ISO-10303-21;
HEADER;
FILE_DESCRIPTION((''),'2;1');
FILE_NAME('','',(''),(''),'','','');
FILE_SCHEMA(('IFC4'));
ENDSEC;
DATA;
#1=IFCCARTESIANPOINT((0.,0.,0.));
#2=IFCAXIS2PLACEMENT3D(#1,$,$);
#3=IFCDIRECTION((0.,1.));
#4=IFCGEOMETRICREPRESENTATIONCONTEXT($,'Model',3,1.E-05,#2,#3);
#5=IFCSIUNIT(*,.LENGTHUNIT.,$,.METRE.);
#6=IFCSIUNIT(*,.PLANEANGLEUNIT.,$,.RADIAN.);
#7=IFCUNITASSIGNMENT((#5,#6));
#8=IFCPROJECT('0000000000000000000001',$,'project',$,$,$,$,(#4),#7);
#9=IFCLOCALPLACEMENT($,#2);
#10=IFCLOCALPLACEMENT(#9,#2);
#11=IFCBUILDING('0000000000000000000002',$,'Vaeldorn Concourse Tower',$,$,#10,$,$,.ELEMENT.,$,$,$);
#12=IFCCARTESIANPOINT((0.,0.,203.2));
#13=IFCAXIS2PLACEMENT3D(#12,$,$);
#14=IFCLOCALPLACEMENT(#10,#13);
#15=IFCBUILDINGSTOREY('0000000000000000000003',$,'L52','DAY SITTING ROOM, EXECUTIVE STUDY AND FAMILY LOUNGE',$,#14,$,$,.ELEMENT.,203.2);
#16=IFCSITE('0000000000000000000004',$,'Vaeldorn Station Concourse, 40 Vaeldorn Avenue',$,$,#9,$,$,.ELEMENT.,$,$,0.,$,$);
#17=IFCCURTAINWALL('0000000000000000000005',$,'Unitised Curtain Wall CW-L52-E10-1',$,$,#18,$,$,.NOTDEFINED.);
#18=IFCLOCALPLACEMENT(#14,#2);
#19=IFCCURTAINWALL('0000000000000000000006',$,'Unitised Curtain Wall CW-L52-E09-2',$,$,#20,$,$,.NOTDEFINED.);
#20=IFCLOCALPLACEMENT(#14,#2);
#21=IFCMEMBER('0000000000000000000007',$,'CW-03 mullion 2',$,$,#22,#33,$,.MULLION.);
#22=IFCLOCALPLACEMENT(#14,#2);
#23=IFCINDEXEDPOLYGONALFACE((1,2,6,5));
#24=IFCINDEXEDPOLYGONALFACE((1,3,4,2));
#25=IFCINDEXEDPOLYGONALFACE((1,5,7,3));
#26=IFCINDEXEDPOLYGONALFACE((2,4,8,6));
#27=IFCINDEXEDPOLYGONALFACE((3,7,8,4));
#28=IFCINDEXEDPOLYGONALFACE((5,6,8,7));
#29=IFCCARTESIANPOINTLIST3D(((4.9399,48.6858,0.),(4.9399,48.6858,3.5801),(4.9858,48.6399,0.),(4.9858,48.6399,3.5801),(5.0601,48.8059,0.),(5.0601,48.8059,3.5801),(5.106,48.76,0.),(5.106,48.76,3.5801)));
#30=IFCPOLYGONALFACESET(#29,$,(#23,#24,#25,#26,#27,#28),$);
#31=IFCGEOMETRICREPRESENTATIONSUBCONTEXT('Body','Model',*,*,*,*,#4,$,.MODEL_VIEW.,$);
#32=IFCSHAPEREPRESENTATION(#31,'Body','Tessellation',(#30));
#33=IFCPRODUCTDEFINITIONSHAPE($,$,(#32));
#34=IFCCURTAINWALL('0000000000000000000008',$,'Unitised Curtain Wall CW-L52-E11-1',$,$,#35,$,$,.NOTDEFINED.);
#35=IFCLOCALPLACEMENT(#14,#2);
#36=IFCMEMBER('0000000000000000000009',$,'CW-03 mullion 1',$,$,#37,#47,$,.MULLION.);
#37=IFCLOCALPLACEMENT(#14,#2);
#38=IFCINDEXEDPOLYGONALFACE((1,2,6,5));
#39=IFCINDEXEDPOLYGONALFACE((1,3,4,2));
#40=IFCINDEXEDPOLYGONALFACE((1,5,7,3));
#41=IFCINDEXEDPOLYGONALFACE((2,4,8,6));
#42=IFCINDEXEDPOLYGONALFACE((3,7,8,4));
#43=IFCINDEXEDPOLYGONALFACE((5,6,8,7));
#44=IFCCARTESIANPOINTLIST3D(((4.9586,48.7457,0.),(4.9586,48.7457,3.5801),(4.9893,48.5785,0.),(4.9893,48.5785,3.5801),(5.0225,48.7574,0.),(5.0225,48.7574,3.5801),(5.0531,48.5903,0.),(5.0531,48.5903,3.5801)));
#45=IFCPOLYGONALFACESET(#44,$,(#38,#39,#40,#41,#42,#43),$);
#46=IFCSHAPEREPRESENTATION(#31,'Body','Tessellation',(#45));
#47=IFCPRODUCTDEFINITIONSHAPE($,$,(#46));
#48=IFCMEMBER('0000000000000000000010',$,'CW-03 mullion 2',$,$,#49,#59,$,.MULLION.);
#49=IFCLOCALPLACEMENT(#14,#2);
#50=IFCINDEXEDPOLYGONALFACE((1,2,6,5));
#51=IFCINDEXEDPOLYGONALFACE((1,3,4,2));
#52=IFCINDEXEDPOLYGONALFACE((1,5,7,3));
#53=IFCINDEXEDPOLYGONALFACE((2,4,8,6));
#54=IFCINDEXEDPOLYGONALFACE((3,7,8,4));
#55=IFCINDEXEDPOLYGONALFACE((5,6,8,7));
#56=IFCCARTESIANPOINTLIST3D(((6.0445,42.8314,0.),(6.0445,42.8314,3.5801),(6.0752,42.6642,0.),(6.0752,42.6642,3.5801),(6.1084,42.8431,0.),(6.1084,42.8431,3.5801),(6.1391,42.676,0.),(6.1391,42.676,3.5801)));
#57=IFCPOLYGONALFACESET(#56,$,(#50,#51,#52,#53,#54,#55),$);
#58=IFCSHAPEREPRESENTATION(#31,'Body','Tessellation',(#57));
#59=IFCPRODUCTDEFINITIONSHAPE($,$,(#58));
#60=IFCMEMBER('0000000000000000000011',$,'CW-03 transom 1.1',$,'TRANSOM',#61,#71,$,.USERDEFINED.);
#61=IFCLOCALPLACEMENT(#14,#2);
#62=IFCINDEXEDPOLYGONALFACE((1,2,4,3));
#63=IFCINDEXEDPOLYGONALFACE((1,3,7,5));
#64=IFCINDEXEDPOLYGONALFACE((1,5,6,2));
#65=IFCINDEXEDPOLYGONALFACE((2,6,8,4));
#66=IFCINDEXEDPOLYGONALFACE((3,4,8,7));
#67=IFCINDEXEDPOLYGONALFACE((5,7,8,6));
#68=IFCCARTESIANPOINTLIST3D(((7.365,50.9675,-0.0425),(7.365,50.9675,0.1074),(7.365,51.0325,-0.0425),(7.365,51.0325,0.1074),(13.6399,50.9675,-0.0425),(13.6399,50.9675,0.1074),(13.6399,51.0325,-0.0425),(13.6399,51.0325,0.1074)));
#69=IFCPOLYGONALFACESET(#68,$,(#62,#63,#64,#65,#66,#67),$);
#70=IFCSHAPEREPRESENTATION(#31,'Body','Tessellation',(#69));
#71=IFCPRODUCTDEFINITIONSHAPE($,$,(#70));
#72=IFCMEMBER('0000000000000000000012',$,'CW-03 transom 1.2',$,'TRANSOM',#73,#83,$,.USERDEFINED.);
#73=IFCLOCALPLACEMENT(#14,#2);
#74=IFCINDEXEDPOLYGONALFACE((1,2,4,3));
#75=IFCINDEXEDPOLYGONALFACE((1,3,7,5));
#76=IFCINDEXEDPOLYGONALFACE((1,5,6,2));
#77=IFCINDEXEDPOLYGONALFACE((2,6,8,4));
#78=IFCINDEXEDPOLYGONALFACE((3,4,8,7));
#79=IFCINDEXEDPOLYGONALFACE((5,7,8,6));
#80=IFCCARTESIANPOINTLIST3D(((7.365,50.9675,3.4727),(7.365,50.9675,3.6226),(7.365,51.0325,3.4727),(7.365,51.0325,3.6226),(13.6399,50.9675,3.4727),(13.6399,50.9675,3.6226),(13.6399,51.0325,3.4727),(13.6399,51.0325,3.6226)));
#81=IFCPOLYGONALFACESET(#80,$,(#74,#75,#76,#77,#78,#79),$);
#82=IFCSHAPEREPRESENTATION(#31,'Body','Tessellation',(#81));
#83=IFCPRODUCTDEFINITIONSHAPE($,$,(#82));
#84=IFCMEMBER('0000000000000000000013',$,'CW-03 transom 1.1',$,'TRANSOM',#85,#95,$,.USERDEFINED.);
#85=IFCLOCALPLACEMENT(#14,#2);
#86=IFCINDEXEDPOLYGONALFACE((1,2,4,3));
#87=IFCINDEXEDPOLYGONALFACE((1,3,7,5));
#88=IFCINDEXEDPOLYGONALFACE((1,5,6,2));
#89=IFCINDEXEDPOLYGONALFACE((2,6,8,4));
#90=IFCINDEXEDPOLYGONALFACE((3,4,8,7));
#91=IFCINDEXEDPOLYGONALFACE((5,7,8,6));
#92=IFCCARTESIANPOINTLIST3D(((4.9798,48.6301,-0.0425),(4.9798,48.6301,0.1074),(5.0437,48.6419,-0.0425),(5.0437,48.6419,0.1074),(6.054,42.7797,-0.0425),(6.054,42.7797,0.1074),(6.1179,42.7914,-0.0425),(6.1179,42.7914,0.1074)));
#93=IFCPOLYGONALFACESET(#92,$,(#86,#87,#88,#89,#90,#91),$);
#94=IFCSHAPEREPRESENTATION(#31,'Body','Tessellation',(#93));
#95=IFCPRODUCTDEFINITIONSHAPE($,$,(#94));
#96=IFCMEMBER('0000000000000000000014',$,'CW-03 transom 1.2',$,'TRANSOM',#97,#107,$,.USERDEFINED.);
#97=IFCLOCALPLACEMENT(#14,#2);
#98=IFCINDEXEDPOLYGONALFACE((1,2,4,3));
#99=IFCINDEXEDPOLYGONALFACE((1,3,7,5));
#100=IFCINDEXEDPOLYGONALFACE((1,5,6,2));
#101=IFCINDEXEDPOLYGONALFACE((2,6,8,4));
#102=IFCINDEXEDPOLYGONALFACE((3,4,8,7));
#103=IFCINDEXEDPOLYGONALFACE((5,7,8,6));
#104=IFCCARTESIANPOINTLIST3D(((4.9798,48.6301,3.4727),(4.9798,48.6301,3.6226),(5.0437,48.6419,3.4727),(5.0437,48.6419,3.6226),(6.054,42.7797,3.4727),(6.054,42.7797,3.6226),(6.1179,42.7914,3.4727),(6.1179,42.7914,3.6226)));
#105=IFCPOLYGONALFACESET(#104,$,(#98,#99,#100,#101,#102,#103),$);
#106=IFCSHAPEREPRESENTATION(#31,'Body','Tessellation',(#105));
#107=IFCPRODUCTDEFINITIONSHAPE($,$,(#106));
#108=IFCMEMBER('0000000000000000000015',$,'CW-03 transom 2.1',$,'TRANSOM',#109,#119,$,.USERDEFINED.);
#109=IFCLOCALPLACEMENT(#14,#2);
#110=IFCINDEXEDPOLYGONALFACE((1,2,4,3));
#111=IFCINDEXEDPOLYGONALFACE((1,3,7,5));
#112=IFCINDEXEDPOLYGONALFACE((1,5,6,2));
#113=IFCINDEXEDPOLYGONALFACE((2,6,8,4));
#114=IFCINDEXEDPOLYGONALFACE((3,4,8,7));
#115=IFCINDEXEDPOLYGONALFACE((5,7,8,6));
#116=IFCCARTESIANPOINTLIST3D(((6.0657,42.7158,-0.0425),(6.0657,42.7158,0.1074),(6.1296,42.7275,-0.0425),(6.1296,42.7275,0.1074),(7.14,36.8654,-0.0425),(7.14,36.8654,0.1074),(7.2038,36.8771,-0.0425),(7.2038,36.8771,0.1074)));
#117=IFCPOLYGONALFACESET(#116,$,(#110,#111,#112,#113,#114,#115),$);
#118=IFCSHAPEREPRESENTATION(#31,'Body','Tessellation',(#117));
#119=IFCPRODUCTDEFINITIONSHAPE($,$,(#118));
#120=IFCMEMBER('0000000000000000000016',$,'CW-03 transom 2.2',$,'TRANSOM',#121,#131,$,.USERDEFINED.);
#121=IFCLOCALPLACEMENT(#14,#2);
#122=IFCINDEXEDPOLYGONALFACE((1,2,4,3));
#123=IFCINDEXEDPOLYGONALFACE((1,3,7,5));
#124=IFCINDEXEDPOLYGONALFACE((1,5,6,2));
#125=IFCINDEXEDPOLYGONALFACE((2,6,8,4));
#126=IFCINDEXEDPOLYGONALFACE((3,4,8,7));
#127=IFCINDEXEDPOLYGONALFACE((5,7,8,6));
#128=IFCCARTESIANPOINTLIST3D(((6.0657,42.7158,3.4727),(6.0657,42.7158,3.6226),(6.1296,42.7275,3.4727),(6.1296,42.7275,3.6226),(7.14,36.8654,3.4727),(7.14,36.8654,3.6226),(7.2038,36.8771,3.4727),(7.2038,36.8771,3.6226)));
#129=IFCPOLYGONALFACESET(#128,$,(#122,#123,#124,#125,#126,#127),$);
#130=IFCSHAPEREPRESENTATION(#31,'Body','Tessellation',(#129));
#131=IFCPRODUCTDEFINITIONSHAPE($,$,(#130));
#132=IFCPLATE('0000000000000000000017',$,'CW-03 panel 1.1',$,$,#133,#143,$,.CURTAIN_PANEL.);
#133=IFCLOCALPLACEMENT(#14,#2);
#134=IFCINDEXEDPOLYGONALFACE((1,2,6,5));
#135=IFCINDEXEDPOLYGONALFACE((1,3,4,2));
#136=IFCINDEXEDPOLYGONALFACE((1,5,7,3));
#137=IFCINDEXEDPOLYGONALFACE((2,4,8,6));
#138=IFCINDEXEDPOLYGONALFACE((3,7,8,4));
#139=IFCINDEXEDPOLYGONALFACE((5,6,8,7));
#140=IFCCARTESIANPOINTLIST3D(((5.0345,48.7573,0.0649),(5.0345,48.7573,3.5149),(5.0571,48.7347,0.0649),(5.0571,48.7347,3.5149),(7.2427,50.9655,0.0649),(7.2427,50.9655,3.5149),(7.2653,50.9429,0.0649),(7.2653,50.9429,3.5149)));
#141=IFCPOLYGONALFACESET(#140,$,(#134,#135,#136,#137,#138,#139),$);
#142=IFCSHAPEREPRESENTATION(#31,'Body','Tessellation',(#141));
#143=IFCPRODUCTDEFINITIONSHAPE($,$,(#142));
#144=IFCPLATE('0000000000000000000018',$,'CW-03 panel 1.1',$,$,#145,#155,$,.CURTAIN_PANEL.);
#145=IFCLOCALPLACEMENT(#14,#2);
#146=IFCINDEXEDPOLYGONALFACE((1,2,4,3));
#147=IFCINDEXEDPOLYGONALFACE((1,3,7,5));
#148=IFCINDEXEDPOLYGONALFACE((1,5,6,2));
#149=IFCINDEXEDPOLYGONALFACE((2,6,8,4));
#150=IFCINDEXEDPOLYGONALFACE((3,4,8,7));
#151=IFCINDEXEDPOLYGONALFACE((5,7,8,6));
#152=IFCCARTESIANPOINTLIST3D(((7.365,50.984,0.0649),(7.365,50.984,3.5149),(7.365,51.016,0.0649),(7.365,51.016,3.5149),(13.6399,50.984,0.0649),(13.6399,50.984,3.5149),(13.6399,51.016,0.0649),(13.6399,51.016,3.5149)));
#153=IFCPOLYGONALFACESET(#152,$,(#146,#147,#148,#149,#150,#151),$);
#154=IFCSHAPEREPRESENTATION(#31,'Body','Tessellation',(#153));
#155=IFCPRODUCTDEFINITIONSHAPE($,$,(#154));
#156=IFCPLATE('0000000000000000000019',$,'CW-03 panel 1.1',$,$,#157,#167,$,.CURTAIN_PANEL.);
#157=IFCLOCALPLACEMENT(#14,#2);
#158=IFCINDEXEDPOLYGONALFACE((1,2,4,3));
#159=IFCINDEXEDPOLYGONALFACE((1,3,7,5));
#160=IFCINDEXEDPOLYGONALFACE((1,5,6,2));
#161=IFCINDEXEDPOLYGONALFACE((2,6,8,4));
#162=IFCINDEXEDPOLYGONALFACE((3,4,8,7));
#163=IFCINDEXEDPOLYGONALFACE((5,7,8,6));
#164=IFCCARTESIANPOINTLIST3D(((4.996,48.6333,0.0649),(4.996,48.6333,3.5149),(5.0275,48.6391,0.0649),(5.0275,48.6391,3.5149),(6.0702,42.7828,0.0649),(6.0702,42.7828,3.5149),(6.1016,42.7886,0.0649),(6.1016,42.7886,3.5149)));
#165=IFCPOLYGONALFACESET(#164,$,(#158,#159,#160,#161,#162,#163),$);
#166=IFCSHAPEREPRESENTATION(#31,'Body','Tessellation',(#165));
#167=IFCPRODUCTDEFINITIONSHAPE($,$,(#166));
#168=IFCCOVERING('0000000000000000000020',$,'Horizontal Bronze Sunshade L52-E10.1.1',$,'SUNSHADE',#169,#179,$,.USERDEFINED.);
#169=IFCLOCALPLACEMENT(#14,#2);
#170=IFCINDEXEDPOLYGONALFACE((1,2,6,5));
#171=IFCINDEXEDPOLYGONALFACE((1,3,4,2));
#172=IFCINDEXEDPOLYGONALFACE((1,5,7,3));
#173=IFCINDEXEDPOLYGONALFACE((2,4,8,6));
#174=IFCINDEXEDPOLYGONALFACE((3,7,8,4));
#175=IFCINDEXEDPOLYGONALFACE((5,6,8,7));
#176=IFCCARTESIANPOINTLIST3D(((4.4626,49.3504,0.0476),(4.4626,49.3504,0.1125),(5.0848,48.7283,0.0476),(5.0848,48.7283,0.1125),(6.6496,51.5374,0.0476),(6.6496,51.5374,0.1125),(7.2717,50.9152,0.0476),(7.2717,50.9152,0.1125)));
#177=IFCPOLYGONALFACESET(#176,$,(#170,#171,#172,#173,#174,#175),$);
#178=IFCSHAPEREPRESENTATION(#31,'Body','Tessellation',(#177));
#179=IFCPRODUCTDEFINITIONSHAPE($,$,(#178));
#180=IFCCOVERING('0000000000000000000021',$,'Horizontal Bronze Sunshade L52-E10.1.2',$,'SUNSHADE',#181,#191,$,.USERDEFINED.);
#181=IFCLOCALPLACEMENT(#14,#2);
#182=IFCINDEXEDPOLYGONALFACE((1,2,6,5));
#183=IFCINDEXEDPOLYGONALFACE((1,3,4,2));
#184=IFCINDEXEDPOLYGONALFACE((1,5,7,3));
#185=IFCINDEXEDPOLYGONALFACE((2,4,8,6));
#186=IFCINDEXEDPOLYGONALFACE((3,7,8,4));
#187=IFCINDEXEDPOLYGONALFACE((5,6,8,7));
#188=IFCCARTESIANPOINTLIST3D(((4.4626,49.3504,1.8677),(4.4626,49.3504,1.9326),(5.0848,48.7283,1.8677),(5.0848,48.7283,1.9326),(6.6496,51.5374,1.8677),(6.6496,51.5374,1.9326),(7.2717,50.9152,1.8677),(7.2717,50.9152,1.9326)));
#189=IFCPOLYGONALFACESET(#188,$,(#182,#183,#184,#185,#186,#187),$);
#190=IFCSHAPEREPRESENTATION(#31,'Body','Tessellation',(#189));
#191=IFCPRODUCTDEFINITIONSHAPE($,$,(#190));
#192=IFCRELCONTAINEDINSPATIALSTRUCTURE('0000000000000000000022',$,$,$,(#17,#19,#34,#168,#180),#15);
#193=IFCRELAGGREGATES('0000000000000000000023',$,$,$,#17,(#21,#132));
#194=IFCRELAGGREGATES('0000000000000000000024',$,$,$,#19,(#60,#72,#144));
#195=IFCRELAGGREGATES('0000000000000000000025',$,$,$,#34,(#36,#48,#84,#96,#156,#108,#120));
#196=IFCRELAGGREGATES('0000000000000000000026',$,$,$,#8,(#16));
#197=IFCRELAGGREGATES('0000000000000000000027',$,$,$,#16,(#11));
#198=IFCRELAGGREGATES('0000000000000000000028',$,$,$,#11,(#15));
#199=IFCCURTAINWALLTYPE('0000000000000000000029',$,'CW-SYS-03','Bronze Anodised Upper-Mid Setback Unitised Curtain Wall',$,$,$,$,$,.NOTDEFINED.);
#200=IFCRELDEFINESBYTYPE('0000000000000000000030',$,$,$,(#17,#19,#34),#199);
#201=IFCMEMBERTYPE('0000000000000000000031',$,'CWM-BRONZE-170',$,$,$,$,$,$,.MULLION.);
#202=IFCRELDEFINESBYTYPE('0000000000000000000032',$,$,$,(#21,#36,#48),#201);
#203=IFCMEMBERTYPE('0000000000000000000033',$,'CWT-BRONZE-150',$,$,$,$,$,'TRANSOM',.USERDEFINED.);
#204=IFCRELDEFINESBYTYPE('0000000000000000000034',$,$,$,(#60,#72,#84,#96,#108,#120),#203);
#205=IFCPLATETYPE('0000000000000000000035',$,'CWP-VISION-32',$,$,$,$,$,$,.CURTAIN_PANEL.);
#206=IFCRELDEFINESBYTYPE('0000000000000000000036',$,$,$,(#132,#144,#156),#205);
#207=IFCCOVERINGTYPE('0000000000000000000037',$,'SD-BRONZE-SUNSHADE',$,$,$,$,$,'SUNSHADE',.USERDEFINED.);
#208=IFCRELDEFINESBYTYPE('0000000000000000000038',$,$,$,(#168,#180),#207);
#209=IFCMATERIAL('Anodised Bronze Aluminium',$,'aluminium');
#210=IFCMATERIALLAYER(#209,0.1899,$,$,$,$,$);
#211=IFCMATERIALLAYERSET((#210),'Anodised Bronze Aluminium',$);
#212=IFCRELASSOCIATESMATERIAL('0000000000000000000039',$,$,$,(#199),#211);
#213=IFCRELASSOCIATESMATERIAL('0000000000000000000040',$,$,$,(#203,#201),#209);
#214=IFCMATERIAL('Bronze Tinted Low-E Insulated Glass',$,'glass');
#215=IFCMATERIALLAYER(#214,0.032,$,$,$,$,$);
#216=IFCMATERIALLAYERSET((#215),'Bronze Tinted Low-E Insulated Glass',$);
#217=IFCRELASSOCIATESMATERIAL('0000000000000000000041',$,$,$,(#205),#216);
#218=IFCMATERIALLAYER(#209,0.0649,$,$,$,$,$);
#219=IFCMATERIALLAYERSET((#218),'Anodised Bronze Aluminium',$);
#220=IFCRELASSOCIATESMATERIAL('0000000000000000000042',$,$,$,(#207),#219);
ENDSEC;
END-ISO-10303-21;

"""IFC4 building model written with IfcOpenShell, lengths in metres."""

from ifc_helpers import new_model, si_unit, direction, frame, origin, origin_2d, place, context, subcontext, project, spatial, rectangle, extrude, source, transform, mapped, material, layer, layer_set, material_profile, profile_set, type_object, element, aggregate, save


model = new_model("IFC4")

# Units and contexts
model_context = context("Model", 3, precision=1e-05, world=origin(), true_north=direction((0.0, 1.0)))
body_context = subcontext(model_context, "Body", "Model", "MODEL_VIEW")
ifc_project = project(units=[si_unit("LENGTHUNIT", "METRE"), si_unit("PLANEANGLEUNIT", "RADIAN")], contexts=[model_context])

# Site, building, storey
site_placement = place(None, origin())
site = spatial("IfcSite", under=ifc_project, at=site_placement, Name="Vaeldorn Station Concourse, 40 Vaeldorn Avenue", CompositionType="ELEMENT", RefElevation=0.0)
building_placement = place(site_placement, origin())
building = spatial("IfcBuilding", under=site, at=building_placement, Name="Vaeldorn Concourse Tower", CompositionType="ELEMENT")
storey_placement = place(building_placement, frame((0.0, 0.0, 203.2)))
storey = spatial("IfcBuildingStorey", under=building, at=storey_placement, Name="L52", Description="DAY SITTING ROOM, EXECUTIVE STUDY AND FAMILY LOUNGE", CompositionType="ELEMENT", Elevation=203.2)

# Curtain walls
ifc_material_1 = material(Name="Anodised Bronze Aluminium", Category="aluminium")
ifc_layer_1 = layer(ifc_material_1, 0.1899)
ifc_layer_set_1 = layer_set([ifc_layer_1], Name="Anodised Bronze Aluminium")
curtain_wall_type = type_object("IfcCurtainWallType", Name="CW-SYS-03", Description="Bronze Anodised Upper-Mid Setback Unitised Curtain Wall", PredefinedType="NOTDEFINED", material=ifc_layer_set_1)
curtain_wall_1_placement = place(storey_placement, origin())
curtain_wall_1 = element("IfcCurtainWall", 1, at=curtain_wall_1_placement, inside=storey, type_object=curtain_wall_type, Name="Unitised Curtain Wall CW-L52-E10-1", PredefinedType="NOTDEFINED")
ifc_material_profile_1 = material_profile(ifc_material_1, rectangle(XDim=0.0649, YDim=0.1499, at=origin_2d()), Name="CWT 65x150")
ifc_profile_set_1 = profile_set([ifc_material_profile_1], Name="Anodised Bronze Aluminium")
member_type_1 = type_object("IfcMemberType", Name="CWT-BRONZE-150", ElementType="TRANSOM", PredefinedType="USERDEFINED", material=ifc_profile_set_1)
curtain_wall_2_placement = place(storey_placement, origin())
curtain_wall_2 = element("IfcCurtainWall", 2, at=curtain_wall_2_placement, inside=storey, type_object=curtain_wall_type, Name="Unitised Curtain Wall CW-L52-E09-2", PredefinedType="NOTDEFINED")
ifc_material_profile_2 = material_profile(ifc_material_1, rectangle(XDim=0.0649, YDim=0.1699, at=origin_2d()), Name="CWM 65x170")
ifc_profile_set_2 = profile_set([ifc_material_profile_2], Name="Anodised Bronze Aluminium")
member_type_2 = type_object("IfcMemberType", Name="CWM-BRONZE-170", PredefinedType="MULLION", material=ifc_profile_set_2)
shared_shape_1 = source(origin(), body_context, "Body", "SweptSolid", [
    extrude(rectangle(XDim=0.0649, YDim=0.1699, at=origin_2d()), origin(), (0.0, 0.0, 1.0), 3.5801),
])

# Member
member_1_placement = place(storey_placement, frame((5.0229, 48.7229, 0.0), z_axis=(0.0, 0.0, 1.0), x_axis=(0.707107, -0.707107, 0.0)))
member_1 = element("IfcMember", 3, at=member_1_placement, type_object=member_type_2, Name="CW-03 mullion 2", PredefinedType="MULLION", context=body_context, shape_type="MappedRepresentation", body=[
    mapped(shared_shape_1, transform((0.0, 0.0, 0.0), scale=1.0)),
])

# Curtain wall, members
curtain_wall_3_placement = place(storey_placement, origin())
curtain_wall_3 = element("IfcCurtainWall", 4, at=curtain_wall_3_placement, inside=storey, type_object=curtain_wall_type, Name="Unitised Curtain Wall CW-L52-E11-1", PredefinedType="NOTDEFINED")
member_2_placement = place(storey_placement, frame((5.0059, 48.668, 0.0), z_axis=(0.0, 0.0, 1.0), x_axis=(0.983559, 0.180585, 0.0)))
member_2 = element("IfcMember", 5, at=member_2_placement, type_object=member_type_2, Name="CW-03 mullion 1", PredefinedType="MULLION", context=body_context, shape_type="MappedRepresentation", body=[
    mapped(shared_shape_1, transform((0.0, 0.0, 0.0), scale=1.0)),
])
member_3_placement = place(storey_placement, frame((6.0918, 42.7537, 0.0), z_axis=(0.0, 0.0, 1.0), x_axis=(0.983559, 0.180585, 0.0)))
member_3 = element("IfcMember", 6, at=member_3_placement, type_object=member_type_2, Name="CW-03 mullion 2", PredefinedType="MULLION", context=body_context, shape_type="MappedRepresentation", body=[
    mapped(shared_shape_1, transform((0.0, 0.0, 0.0), scale=1.0)),
])

# Members
shared_shape_2 = source(origin(), body_context, "Body", "SweptSolid", [
    extrude(rectangle(XDim=0.0649, YDim=0.1499, at=origin_2d()), origin(), (0.0, 0.0, 1.0), 6.2749),
])
member_4_placement = place(storey_placement, frame((13.6399, 51.0, 0.0325), z_axis=(-1.0, 0.0, 0.0), x_axis=(0.0, -1.0, 0.0)))
member_4 = element("IfcMember", 7, at=member_4_placement, type_object=member_type_1, Name="CW-03 transom 1.1", ObjectType="TRANSOM", PredefinedType="USERDEFINED", context=body_context, shape_type="MappedRepresentation", body=[
    mapped(shared_shape_2, transform((0.0, 0.0, 0.0), scale=1.0)),
])
member_5_placement = place(storey_placement, frame((13.6399, 51.0, 3.5476), z_axis=(-1.0, 0.0, 0.0), x_axis=(0.0, -1.0, 0.0)))
member_5 = element("IfcMember", 8, at=member_5_placement, type_object=member_type_1, Name="CW-03 transom 1.2", ObjectType="TRANSOM", PredefinedType="USERDEFINED", context=body_context, shape_type="MappedRepresentation", body=[
    mapped(shared_shape_2, transform((0.0, 0.0, 0.0), scale=1.0)),
])
shared_shape_3 = source(origin(), body_context, "Body", "SweptSolid", [
    extrude(rectangle(XDim=0.0649, YDim=0.1499, at=origin_2d()), origin(), (0.0, 0.0, 1.0), 5.9482),
])
member_6_placement = place(storey_placement, frame((5.0117, 48.636, 0.0325), z_axis=(0.180597, -0.983557, 0.0), x_axis=(0.983557, 0.180597, 0.0)))
member_6 = element("IfcMember", 9, at=member_6_placement, type_object=member_type_1, Name="CW-03 transom 1.1", ObjectType="TRANSOM", PredefinedType="USERDEFINED", context=body_context, shape_type="MappedRepresentation", body=[
    mapped(shared_shape_3, transform((0.0, 0.0, 0.0), scale=1.0)),
])
member_7_placement = place(storey_placement, frame((5.0117, 48.636, 3.5476), z_axis=(0.180597, -0.983557, 0.0), x_axis=(0.983557, 0.180597, 0.0)))
member_7 = element("IfcMember", 10, at=member_7_placement, type_object=member_type_1, Name="CW-03 transom 1.2", ObjectType="TRANSOM", PredefinedType="USERDEFINED", context=body_context, shape_type="MappedRepresentation", body=[
    mapped(shared_shape_3, transform((0.0, 0.0, 0.0), scale=1.0)),
])
member_8_placement = place(storey_placement, frame((6.0977, 42.7217, 0.0325), z_axis=(0.180597, -0.983557, 0.0), x_axis=(0.983557, 0.180597, 0.0)))
member_8 = element("IfcMember", 11, at=member_8_placement, type_object=member_type_1, Name="CW-03 transom 2.1", ObjectType="TRANSOM", PredefinedType="USERDEFINED", context=body_context, shape_type="MappedRepresentation", body=[
    mapped(shared_shape_3, transform((0.0, 0.0, 0.0), scale=1.0)),
])
member_9_placement = place(storey_placement, frame((6.0977, 42.7217, 3.5476), z_axis=(0.180597, -0.983557, 0.0), x_axis=(0.983557, 0.180597, 0.0)))
member_9 = element("IfcMember", 12, at=member_9_placement, type_object=member_type_1, Name="CW-03 transom 2.2", ObjectType="TRANSOM", PredefinedType="USERDEFINED", context=body_context, shape_type="MappedRepresentation", body=[
    mapped(shared_shape_3, transform((0.0, 0.0, 0.0), scale=1.0)),
])

# Plates
ifc_material_2 = material(Name="Bronze Tinted Low-E Insulated Glass", Category="glass")
ifc_layer_2 = layer(ifc_material_2, 0.032)
ifc_layer_set_2 = layer_set([ifc_layer_2], Name="Bronze Tinted Low-E Insulated Glass")
plate_type = type_object("IfcPlateType", Name="CWP-VISION-32", PredefinedType="CURTAIN_PANEL", material=ifc_layer_set_2)
shared_shape_4 = source(origin(), body_context, "Body", "SweptSolid", [
    extrude(rectangle(XDim=3.1228, YDim=0.032, at=origin_2d()), origin(), (0.0, 0.0, 1.0), 3.45),
])
plate_1_placement = place(storey_placement, frame((6.1499, 49.8501, 0.0649), z_axis=(0.0, 0.0, 1.0), x_axis=(-0.707107, -0.707107, 0.0)))
plate_1 = element("IfcPlate", 13, at=plate_1_placement, type_object=plate_type, Name="CW-03 panel 1.1", PredefinedType="CURTAIN_PANEL", context=body_context, shape_type="MappedRepresentation", body=[
    mapped(shared_shape_4, transform((0.0, 0.0, 0.0), scale=1.0)),
])
aggregate(curtain_wall_1, [member_1, plate_1])
shared_shape_5 = source(origin(), body_context, "Body", "SweptSolid", [
    extrude(rectangle(XDim=6.2749, YDim=0.032, at=origin_2d()), origin(), (0.0, 0.0, 1.0), 3.45),
])
plate_2_placement = place(storey_placement, frame((10.5024, 51.0, 0.0649), z_axis=(0.0, 0.0, 1.0), x_axis=(-1.0, 0.0, 0.0)))
plate_2 = element("IfcPlate", 14, at=plate_2_placement, type_object=plate_type, Name="CW-03 panel 1.1", PredefinedType="CURTAIN_PANEL", context=body_context, shape_type="MappedRepresentation", body=[
    mapped(shared_shape_5, transform((0.0, 0.0, 0.0), scale=1.0)),
])
aggregate(curtain_wall_2, [member_4, member_5, plate_2])
shared_shape_6 = source(origin(), body_context, "Body", "SweptSolid", [
    extrude(rectangle(XDim=5.9482, YDim=0.032, at=origin_2d()), origin(), (0.0, 0.0, 1.0), 3.45),
])
plate_3_placement = place(storey_placement, frame((5.5488, 45.7109, 0.0649), z_axis=(0.0, 0.0, 1.0), x_axis=(0.180585, -0.983559, 0.0)))
plate_3 = element("IfcPlate", 15, at=plate_3_placement, type_object=plate_type, Name="CW-03 panel 1.1", PredefinedType="CURTAIN_PANEL", context=body_context, shape_type="MappedRepresentation", body=[
    mapped(shared_shape_6, transform((0.0, 0.0, 0.0), scale=1.0)),
])
aggregate(curtain_wall_3, [member_2, member_3, member_6, member_7, plate_3, member_8, member_9])

# Coverings
ifc_layer_3 = layer(ifc_material_1, 0.0649)
ifc_layer_set_3 = layer_set([ifc_layer_3], Name="Anodised Bronze Aluminium")
covering_type = type_object("IfcCoveringType", Name="SD-BRONZE-SUNSHADE", ElementType="SUNSHADE", PredefinedType="USERDEFINED", material=ifc_layer_set_3)
shared_shape_7 = source(origin(), body_context, "Body", "SweptSolid", [
    extrude(rectangle(XDim=3.0928, YDim=0.8799, at=origin_2d()), origin(), (0.0, 0.0, 1.0), 0.0649),
])
for number, where, z_axis, x_axis, name in (
    (16, (5.8672, 50.1328, 0.0476), (0.0, 0.0, 1.0), (-0.707107, -0.707107, 0.0), "Horizontal Bronze Sunshade L52-E10.1.1"),
    (17, (5.8672, 50.1328, 1.8677), (0.0, 0.0, 1.0), (-0.707107, -0.707107, 0.0), "Horizontal Bronze Sunshade L52-E10.1.2"),
):
    element("IfcCovering", number, at=place(storey_placement, frame(where, z_axis=z_axis, x_axis=x_axis)), inside=storey, type_object=covering_type, Name=name, ObjectType="SUNSHADE", PredefinedType="USERDEFINED", context=body_context, shape_type="MappedRepresentation", body=[
        mapped(shared_shape_7, transform((0.0, 0.0, 0.0), scale=1.0)),
    ])

save(model, "model.ifc")
